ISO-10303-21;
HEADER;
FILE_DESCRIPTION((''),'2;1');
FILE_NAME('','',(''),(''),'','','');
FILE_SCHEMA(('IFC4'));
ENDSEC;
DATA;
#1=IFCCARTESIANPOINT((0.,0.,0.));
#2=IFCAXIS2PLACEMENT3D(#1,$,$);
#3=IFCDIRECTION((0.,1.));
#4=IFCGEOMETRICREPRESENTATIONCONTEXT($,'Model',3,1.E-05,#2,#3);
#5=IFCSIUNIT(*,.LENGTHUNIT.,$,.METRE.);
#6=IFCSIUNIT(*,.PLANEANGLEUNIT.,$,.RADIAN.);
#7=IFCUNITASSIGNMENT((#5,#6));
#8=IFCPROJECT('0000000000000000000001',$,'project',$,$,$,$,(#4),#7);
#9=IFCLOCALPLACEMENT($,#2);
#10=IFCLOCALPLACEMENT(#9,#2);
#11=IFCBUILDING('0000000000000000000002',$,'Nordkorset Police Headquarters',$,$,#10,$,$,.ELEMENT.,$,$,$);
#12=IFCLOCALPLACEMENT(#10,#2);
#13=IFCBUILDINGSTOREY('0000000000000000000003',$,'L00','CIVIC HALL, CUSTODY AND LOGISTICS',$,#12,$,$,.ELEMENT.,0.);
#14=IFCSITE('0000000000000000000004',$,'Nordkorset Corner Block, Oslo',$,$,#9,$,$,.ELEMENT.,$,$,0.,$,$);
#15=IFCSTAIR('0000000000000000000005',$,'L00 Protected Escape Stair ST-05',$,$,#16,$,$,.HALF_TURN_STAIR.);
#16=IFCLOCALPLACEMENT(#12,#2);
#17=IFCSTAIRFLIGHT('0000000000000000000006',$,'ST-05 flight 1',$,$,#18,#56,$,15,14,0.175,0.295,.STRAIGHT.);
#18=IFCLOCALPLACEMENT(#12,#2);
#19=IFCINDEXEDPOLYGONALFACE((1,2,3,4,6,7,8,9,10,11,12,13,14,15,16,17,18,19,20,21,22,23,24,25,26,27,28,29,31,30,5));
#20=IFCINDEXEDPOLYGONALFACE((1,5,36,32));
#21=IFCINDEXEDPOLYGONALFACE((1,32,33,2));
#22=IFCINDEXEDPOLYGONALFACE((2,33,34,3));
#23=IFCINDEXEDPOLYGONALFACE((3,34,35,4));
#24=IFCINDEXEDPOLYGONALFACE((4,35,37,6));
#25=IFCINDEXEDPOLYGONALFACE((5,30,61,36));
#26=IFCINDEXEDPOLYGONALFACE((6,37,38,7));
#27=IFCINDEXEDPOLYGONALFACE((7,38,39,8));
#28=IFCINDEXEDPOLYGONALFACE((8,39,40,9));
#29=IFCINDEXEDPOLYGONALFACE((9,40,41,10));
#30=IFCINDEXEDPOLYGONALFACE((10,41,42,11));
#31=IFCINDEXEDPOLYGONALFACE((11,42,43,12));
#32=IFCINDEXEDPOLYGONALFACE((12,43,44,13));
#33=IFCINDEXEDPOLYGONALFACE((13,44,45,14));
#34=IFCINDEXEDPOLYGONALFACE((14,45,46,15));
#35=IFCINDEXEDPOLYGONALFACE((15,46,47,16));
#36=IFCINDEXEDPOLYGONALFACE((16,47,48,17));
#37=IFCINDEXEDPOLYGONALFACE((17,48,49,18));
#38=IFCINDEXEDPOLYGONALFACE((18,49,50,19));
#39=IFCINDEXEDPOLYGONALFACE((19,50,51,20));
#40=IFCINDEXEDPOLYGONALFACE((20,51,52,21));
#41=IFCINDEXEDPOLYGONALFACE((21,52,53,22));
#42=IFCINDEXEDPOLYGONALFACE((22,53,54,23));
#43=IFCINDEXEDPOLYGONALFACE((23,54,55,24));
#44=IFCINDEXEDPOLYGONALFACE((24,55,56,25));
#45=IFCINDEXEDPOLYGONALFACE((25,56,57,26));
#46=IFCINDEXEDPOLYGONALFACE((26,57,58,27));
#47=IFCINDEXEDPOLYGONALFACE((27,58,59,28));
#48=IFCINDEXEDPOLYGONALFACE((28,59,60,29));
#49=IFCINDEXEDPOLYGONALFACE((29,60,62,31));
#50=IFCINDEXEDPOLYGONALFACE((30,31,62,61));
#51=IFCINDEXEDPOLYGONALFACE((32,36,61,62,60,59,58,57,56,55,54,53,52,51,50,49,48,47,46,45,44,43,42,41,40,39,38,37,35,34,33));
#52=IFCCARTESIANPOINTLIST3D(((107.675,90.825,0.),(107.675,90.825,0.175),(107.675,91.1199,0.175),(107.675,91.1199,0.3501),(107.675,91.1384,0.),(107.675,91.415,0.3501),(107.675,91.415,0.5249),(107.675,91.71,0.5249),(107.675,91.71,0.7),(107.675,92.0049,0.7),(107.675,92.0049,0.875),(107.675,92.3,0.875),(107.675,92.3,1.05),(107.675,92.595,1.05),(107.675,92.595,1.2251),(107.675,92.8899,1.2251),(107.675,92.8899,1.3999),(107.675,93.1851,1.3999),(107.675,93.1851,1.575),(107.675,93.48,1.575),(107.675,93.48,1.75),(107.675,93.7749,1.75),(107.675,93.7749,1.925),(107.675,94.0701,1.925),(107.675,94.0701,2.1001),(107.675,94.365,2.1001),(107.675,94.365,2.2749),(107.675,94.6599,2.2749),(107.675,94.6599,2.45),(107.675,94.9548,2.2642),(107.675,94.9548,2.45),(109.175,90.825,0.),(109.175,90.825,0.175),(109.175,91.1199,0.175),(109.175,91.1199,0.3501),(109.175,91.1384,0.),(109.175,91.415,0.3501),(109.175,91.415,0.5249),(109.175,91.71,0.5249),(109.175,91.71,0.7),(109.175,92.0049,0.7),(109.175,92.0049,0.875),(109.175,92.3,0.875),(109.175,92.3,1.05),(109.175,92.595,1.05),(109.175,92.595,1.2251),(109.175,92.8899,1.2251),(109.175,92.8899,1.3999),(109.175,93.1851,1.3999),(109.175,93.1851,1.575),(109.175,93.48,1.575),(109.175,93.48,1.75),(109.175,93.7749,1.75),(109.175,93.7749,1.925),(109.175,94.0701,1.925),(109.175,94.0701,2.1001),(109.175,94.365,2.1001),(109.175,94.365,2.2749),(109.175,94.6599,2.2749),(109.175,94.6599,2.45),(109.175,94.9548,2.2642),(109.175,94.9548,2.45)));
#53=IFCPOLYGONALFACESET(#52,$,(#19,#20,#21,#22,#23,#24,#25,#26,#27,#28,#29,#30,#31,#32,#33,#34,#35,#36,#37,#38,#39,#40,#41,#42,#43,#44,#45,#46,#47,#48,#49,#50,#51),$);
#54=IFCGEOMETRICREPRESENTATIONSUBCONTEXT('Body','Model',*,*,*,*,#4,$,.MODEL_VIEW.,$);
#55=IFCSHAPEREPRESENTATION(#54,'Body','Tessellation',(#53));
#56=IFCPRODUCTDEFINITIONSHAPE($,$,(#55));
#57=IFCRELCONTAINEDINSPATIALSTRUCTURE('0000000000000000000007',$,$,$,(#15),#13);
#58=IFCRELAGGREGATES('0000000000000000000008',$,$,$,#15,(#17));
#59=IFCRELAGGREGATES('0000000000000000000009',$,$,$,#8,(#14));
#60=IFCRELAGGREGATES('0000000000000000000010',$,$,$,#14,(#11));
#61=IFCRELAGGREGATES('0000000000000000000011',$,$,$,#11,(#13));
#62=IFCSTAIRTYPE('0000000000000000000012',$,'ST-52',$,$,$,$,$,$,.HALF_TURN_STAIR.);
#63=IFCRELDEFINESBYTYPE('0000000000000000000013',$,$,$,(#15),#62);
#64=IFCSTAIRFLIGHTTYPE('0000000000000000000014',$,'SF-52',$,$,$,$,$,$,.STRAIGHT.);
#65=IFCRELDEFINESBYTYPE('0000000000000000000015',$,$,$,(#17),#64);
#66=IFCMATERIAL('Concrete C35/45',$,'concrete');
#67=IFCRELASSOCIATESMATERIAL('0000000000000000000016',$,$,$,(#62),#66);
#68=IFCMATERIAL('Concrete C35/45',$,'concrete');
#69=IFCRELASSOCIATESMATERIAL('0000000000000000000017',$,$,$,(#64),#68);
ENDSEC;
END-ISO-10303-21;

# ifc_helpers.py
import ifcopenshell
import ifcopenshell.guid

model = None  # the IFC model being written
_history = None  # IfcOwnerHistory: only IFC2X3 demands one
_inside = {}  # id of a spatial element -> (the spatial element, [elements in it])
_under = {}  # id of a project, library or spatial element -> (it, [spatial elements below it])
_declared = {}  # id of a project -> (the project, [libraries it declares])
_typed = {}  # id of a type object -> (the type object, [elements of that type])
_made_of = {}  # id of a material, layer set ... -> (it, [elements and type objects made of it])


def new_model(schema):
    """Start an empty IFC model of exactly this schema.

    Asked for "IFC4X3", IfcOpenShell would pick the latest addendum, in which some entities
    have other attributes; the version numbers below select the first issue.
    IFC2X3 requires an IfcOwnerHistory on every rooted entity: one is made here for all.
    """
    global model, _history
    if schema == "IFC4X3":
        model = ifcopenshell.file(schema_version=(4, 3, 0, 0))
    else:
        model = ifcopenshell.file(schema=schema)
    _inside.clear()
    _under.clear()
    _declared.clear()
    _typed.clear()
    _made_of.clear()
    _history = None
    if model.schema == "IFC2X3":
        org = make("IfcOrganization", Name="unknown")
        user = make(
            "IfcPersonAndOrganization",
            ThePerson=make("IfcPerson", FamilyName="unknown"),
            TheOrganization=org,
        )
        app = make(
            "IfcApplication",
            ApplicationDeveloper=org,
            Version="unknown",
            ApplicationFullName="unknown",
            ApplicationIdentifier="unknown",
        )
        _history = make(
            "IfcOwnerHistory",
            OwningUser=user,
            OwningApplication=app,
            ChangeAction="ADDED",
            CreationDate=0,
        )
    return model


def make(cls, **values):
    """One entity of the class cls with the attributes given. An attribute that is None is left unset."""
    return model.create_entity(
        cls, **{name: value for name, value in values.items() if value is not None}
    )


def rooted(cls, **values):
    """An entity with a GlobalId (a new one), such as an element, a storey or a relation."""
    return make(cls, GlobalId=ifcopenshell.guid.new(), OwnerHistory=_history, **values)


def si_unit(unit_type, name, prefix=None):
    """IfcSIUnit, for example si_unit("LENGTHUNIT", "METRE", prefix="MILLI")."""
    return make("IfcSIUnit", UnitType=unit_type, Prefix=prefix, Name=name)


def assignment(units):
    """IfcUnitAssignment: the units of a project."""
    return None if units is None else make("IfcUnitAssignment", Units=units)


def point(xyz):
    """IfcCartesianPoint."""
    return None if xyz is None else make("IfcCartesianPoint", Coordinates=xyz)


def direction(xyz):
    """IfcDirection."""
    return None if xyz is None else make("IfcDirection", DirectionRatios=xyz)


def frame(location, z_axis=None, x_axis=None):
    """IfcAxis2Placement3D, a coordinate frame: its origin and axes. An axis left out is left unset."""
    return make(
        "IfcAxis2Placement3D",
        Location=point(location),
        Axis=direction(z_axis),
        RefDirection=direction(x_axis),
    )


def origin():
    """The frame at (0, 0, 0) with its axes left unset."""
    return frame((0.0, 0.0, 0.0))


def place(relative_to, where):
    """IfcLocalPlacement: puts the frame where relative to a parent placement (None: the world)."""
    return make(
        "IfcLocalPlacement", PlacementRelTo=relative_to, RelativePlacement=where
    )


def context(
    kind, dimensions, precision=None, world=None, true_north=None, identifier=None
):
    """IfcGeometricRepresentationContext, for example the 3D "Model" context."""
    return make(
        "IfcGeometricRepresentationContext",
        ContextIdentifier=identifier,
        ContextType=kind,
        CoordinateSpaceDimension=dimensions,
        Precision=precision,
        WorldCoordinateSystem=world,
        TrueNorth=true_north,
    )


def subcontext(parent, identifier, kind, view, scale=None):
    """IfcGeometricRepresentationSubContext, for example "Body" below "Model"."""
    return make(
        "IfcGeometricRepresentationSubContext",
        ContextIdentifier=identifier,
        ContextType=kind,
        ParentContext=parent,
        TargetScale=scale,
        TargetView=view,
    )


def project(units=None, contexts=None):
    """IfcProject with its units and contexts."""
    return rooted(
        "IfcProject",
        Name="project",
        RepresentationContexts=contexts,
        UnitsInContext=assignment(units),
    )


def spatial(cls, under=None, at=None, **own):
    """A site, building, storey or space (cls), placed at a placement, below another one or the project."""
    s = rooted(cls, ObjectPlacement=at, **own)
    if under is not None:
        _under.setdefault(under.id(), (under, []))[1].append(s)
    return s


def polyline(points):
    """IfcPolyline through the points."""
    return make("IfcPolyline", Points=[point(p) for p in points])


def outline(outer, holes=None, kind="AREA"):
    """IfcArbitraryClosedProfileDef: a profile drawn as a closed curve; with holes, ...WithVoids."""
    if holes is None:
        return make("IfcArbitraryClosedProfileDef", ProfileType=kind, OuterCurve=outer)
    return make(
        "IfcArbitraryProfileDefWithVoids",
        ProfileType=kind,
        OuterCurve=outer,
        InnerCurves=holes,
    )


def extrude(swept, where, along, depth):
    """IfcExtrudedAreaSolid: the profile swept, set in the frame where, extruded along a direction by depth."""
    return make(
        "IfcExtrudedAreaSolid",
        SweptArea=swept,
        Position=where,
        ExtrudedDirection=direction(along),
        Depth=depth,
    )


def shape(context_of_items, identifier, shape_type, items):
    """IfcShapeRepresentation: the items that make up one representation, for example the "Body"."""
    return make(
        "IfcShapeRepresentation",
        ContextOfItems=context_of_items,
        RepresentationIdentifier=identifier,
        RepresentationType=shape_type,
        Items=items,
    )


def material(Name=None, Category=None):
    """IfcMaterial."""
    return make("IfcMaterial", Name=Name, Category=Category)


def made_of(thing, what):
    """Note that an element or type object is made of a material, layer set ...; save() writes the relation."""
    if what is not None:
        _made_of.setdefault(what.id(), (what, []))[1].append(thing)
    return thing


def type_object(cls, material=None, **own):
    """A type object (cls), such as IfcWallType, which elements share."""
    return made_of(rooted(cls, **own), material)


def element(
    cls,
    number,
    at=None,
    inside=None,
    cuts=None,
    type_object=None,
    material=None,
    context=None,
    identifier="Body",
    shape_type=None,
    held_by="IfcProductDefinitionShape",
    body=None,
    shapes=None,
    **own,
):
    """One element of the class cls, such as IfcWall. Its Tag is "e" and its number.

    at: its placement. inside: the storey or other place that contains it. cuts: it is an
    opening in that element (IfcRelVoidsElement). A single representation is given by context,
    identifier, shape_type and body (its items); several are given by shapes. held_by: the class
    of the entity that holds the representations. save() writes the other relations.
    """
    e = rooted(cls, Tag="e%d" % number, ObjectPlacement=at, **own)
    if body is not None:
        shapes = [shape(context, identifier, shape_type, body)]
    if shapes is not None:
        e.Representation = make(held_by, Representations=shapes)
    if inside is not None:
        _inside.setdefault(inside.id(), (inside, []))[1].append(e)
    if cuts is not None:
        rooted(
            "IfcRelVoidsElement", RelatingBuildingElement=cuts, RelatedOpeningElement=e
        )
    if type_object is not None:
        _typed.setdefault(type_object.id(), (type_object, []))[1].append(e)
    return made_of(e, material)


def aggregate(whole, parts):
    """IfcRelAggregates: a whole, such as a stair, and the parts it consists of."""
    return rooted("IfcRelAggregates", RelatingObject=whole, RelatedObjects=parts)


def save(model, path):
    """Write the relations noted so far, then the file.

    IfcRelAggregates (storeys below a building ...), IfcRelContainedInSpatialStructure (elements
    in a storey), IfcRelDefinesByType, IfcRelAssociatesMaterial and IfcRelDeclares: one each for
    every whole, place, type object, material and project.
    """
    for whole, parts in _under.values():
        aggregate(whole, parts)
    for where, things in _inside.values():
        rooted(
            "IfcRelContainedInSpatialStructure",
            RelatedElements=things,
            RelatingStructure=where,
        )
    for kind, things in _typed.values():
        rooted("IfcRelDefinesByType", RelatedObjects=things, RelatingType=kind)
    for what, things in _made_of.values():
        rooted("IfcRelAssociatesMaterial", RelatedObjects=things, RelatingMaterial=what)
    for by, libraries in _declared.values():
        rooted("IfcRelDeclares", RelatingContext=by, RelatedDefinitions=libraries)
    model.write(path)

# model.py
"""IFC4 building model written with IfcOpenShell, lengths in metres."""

from ifc_helpers import new_model, si_unit, direction, frame, origin, place, context, subcontext, project, spatial, polyline, outline, extrude, material, type_object, element, aggregate, save


model = new_model("IFC4")

# Units and contexts
model_context = context("Model", 3, precision=1e-05, world=origin(), true_north=direction((0.0, 1.0)))
body_context = subcontext(model_context, "Body", "Model", "MODEL_VIEW")
ifc_project = project(units=[si_unit("LENGTHUNIT", "METRE"), si_unit("PLANEANGLEUNIT", "RADIAN")], contexts=[model_context])

# Site, building, storey
site_placement = place(None, origin())
site = spatial("IfcSite", under=ifc_project, at=site_placement, Name="Nordkorset Corner Block, Oslo", CompositionType="ELEMENT", RefElevation=0.0)
building_placement = place(site_placement, origin())
building = spatial("IfcBuilding", under=site, at=building_placement, Name="Nordkorset Police Headquarters", CompositionType="ELEMENT")
storey_placement = place(building_placement, origin())
storey = spatial("IfcBuildingStorey", under=building, at=storey_placement, Name="L00", Description="CIVIC HALL, CUSTODY AND LOGISTICS", CompositionType="ELEMENT", Elevation=0.0)

# Stair, stair flight
ifc_material_1 = material(Name="Concrete C35/45", Category="concrete")
stair_type = type_object("IfcStairType", Name="ST-52", PredefinedType="HALF_TURN_STAIR", material=ifc_material_1)
stair_placement = place(storey_placement, origin())
stair = element("IfcStair", 1, at=stair_placement, inside=storey, type_object=stair_type, Name="L00 Protected Escape Stair ST-05", PredefinedType="HALF_TURN_STAIR")
ifc_material_2 = material(Name="Concrete C35/45", Category="concrete")
stair_flight_type = type_object("IfcStairFlightType", Name="SF-52", PredefinedType="STRAIGHT", material=ifc_material_2)
stair_flight_placement = place(storey_placement, frame((108.425, 90.825, 0.0), z_axis=(0.0, 0.0, 1.0), x_axis=(0.0, 1.0, 0.0)))
stair_flight = element("IfcStairFlight", 2, at=stair_flight_placement, type_object=stair_flight_type, Name="ST-05 flight 1", NumberOfRisers=15, NumberOfTreads=14, PredefinedType="STRAIGHT", RiserHeight=0.175, TreadLength=0.295, context=body_context, shape_type="SweptSolid", body=[
    extrude(outline(polyline([(0.0, 0.0), (0.0, 0.175), (0.2949, 0.175), (0.2949, 0.3501), (0.5901, 0.3501), (0.5901, 0.5249), (0.885, 0.5249), (0.885, 0.7), (1.1799, 0.7), (1.1799, 0.875), (1.4751, 0.875), (1.4751, 1.05), (1.77, 1.05), (1.77, 1.2251), (2.0649, 1.2251), (2.0649, 1.3999), (2.3601, 1.3999), (2.3601, 1.575), (2.655, 1.575), (2.655, 1.75), (2.95, 1.75), (2.95, 1.925), (3.2451, 1.925), (3.2451, 2.1001), (3.54, 2.1001), (3.54, 2.2749), (3.835, 2.2749), (3.835, 2.45), (4.1299, 2.45), (4.1299, 2.625), (4.1299, 2.2642), (0.3135, 0.0), (0.0, 0.0)])), frame((0.0, 0.75, 0.0), z_axis=(0.0, -1.0, 0.0), x_axis=(1.0, 0.0, 0.0)), (0.0, 0.0, 1.0), 1.5),
])
aggregate(stair, [stair_flight])

save(model, "model.ifc")
